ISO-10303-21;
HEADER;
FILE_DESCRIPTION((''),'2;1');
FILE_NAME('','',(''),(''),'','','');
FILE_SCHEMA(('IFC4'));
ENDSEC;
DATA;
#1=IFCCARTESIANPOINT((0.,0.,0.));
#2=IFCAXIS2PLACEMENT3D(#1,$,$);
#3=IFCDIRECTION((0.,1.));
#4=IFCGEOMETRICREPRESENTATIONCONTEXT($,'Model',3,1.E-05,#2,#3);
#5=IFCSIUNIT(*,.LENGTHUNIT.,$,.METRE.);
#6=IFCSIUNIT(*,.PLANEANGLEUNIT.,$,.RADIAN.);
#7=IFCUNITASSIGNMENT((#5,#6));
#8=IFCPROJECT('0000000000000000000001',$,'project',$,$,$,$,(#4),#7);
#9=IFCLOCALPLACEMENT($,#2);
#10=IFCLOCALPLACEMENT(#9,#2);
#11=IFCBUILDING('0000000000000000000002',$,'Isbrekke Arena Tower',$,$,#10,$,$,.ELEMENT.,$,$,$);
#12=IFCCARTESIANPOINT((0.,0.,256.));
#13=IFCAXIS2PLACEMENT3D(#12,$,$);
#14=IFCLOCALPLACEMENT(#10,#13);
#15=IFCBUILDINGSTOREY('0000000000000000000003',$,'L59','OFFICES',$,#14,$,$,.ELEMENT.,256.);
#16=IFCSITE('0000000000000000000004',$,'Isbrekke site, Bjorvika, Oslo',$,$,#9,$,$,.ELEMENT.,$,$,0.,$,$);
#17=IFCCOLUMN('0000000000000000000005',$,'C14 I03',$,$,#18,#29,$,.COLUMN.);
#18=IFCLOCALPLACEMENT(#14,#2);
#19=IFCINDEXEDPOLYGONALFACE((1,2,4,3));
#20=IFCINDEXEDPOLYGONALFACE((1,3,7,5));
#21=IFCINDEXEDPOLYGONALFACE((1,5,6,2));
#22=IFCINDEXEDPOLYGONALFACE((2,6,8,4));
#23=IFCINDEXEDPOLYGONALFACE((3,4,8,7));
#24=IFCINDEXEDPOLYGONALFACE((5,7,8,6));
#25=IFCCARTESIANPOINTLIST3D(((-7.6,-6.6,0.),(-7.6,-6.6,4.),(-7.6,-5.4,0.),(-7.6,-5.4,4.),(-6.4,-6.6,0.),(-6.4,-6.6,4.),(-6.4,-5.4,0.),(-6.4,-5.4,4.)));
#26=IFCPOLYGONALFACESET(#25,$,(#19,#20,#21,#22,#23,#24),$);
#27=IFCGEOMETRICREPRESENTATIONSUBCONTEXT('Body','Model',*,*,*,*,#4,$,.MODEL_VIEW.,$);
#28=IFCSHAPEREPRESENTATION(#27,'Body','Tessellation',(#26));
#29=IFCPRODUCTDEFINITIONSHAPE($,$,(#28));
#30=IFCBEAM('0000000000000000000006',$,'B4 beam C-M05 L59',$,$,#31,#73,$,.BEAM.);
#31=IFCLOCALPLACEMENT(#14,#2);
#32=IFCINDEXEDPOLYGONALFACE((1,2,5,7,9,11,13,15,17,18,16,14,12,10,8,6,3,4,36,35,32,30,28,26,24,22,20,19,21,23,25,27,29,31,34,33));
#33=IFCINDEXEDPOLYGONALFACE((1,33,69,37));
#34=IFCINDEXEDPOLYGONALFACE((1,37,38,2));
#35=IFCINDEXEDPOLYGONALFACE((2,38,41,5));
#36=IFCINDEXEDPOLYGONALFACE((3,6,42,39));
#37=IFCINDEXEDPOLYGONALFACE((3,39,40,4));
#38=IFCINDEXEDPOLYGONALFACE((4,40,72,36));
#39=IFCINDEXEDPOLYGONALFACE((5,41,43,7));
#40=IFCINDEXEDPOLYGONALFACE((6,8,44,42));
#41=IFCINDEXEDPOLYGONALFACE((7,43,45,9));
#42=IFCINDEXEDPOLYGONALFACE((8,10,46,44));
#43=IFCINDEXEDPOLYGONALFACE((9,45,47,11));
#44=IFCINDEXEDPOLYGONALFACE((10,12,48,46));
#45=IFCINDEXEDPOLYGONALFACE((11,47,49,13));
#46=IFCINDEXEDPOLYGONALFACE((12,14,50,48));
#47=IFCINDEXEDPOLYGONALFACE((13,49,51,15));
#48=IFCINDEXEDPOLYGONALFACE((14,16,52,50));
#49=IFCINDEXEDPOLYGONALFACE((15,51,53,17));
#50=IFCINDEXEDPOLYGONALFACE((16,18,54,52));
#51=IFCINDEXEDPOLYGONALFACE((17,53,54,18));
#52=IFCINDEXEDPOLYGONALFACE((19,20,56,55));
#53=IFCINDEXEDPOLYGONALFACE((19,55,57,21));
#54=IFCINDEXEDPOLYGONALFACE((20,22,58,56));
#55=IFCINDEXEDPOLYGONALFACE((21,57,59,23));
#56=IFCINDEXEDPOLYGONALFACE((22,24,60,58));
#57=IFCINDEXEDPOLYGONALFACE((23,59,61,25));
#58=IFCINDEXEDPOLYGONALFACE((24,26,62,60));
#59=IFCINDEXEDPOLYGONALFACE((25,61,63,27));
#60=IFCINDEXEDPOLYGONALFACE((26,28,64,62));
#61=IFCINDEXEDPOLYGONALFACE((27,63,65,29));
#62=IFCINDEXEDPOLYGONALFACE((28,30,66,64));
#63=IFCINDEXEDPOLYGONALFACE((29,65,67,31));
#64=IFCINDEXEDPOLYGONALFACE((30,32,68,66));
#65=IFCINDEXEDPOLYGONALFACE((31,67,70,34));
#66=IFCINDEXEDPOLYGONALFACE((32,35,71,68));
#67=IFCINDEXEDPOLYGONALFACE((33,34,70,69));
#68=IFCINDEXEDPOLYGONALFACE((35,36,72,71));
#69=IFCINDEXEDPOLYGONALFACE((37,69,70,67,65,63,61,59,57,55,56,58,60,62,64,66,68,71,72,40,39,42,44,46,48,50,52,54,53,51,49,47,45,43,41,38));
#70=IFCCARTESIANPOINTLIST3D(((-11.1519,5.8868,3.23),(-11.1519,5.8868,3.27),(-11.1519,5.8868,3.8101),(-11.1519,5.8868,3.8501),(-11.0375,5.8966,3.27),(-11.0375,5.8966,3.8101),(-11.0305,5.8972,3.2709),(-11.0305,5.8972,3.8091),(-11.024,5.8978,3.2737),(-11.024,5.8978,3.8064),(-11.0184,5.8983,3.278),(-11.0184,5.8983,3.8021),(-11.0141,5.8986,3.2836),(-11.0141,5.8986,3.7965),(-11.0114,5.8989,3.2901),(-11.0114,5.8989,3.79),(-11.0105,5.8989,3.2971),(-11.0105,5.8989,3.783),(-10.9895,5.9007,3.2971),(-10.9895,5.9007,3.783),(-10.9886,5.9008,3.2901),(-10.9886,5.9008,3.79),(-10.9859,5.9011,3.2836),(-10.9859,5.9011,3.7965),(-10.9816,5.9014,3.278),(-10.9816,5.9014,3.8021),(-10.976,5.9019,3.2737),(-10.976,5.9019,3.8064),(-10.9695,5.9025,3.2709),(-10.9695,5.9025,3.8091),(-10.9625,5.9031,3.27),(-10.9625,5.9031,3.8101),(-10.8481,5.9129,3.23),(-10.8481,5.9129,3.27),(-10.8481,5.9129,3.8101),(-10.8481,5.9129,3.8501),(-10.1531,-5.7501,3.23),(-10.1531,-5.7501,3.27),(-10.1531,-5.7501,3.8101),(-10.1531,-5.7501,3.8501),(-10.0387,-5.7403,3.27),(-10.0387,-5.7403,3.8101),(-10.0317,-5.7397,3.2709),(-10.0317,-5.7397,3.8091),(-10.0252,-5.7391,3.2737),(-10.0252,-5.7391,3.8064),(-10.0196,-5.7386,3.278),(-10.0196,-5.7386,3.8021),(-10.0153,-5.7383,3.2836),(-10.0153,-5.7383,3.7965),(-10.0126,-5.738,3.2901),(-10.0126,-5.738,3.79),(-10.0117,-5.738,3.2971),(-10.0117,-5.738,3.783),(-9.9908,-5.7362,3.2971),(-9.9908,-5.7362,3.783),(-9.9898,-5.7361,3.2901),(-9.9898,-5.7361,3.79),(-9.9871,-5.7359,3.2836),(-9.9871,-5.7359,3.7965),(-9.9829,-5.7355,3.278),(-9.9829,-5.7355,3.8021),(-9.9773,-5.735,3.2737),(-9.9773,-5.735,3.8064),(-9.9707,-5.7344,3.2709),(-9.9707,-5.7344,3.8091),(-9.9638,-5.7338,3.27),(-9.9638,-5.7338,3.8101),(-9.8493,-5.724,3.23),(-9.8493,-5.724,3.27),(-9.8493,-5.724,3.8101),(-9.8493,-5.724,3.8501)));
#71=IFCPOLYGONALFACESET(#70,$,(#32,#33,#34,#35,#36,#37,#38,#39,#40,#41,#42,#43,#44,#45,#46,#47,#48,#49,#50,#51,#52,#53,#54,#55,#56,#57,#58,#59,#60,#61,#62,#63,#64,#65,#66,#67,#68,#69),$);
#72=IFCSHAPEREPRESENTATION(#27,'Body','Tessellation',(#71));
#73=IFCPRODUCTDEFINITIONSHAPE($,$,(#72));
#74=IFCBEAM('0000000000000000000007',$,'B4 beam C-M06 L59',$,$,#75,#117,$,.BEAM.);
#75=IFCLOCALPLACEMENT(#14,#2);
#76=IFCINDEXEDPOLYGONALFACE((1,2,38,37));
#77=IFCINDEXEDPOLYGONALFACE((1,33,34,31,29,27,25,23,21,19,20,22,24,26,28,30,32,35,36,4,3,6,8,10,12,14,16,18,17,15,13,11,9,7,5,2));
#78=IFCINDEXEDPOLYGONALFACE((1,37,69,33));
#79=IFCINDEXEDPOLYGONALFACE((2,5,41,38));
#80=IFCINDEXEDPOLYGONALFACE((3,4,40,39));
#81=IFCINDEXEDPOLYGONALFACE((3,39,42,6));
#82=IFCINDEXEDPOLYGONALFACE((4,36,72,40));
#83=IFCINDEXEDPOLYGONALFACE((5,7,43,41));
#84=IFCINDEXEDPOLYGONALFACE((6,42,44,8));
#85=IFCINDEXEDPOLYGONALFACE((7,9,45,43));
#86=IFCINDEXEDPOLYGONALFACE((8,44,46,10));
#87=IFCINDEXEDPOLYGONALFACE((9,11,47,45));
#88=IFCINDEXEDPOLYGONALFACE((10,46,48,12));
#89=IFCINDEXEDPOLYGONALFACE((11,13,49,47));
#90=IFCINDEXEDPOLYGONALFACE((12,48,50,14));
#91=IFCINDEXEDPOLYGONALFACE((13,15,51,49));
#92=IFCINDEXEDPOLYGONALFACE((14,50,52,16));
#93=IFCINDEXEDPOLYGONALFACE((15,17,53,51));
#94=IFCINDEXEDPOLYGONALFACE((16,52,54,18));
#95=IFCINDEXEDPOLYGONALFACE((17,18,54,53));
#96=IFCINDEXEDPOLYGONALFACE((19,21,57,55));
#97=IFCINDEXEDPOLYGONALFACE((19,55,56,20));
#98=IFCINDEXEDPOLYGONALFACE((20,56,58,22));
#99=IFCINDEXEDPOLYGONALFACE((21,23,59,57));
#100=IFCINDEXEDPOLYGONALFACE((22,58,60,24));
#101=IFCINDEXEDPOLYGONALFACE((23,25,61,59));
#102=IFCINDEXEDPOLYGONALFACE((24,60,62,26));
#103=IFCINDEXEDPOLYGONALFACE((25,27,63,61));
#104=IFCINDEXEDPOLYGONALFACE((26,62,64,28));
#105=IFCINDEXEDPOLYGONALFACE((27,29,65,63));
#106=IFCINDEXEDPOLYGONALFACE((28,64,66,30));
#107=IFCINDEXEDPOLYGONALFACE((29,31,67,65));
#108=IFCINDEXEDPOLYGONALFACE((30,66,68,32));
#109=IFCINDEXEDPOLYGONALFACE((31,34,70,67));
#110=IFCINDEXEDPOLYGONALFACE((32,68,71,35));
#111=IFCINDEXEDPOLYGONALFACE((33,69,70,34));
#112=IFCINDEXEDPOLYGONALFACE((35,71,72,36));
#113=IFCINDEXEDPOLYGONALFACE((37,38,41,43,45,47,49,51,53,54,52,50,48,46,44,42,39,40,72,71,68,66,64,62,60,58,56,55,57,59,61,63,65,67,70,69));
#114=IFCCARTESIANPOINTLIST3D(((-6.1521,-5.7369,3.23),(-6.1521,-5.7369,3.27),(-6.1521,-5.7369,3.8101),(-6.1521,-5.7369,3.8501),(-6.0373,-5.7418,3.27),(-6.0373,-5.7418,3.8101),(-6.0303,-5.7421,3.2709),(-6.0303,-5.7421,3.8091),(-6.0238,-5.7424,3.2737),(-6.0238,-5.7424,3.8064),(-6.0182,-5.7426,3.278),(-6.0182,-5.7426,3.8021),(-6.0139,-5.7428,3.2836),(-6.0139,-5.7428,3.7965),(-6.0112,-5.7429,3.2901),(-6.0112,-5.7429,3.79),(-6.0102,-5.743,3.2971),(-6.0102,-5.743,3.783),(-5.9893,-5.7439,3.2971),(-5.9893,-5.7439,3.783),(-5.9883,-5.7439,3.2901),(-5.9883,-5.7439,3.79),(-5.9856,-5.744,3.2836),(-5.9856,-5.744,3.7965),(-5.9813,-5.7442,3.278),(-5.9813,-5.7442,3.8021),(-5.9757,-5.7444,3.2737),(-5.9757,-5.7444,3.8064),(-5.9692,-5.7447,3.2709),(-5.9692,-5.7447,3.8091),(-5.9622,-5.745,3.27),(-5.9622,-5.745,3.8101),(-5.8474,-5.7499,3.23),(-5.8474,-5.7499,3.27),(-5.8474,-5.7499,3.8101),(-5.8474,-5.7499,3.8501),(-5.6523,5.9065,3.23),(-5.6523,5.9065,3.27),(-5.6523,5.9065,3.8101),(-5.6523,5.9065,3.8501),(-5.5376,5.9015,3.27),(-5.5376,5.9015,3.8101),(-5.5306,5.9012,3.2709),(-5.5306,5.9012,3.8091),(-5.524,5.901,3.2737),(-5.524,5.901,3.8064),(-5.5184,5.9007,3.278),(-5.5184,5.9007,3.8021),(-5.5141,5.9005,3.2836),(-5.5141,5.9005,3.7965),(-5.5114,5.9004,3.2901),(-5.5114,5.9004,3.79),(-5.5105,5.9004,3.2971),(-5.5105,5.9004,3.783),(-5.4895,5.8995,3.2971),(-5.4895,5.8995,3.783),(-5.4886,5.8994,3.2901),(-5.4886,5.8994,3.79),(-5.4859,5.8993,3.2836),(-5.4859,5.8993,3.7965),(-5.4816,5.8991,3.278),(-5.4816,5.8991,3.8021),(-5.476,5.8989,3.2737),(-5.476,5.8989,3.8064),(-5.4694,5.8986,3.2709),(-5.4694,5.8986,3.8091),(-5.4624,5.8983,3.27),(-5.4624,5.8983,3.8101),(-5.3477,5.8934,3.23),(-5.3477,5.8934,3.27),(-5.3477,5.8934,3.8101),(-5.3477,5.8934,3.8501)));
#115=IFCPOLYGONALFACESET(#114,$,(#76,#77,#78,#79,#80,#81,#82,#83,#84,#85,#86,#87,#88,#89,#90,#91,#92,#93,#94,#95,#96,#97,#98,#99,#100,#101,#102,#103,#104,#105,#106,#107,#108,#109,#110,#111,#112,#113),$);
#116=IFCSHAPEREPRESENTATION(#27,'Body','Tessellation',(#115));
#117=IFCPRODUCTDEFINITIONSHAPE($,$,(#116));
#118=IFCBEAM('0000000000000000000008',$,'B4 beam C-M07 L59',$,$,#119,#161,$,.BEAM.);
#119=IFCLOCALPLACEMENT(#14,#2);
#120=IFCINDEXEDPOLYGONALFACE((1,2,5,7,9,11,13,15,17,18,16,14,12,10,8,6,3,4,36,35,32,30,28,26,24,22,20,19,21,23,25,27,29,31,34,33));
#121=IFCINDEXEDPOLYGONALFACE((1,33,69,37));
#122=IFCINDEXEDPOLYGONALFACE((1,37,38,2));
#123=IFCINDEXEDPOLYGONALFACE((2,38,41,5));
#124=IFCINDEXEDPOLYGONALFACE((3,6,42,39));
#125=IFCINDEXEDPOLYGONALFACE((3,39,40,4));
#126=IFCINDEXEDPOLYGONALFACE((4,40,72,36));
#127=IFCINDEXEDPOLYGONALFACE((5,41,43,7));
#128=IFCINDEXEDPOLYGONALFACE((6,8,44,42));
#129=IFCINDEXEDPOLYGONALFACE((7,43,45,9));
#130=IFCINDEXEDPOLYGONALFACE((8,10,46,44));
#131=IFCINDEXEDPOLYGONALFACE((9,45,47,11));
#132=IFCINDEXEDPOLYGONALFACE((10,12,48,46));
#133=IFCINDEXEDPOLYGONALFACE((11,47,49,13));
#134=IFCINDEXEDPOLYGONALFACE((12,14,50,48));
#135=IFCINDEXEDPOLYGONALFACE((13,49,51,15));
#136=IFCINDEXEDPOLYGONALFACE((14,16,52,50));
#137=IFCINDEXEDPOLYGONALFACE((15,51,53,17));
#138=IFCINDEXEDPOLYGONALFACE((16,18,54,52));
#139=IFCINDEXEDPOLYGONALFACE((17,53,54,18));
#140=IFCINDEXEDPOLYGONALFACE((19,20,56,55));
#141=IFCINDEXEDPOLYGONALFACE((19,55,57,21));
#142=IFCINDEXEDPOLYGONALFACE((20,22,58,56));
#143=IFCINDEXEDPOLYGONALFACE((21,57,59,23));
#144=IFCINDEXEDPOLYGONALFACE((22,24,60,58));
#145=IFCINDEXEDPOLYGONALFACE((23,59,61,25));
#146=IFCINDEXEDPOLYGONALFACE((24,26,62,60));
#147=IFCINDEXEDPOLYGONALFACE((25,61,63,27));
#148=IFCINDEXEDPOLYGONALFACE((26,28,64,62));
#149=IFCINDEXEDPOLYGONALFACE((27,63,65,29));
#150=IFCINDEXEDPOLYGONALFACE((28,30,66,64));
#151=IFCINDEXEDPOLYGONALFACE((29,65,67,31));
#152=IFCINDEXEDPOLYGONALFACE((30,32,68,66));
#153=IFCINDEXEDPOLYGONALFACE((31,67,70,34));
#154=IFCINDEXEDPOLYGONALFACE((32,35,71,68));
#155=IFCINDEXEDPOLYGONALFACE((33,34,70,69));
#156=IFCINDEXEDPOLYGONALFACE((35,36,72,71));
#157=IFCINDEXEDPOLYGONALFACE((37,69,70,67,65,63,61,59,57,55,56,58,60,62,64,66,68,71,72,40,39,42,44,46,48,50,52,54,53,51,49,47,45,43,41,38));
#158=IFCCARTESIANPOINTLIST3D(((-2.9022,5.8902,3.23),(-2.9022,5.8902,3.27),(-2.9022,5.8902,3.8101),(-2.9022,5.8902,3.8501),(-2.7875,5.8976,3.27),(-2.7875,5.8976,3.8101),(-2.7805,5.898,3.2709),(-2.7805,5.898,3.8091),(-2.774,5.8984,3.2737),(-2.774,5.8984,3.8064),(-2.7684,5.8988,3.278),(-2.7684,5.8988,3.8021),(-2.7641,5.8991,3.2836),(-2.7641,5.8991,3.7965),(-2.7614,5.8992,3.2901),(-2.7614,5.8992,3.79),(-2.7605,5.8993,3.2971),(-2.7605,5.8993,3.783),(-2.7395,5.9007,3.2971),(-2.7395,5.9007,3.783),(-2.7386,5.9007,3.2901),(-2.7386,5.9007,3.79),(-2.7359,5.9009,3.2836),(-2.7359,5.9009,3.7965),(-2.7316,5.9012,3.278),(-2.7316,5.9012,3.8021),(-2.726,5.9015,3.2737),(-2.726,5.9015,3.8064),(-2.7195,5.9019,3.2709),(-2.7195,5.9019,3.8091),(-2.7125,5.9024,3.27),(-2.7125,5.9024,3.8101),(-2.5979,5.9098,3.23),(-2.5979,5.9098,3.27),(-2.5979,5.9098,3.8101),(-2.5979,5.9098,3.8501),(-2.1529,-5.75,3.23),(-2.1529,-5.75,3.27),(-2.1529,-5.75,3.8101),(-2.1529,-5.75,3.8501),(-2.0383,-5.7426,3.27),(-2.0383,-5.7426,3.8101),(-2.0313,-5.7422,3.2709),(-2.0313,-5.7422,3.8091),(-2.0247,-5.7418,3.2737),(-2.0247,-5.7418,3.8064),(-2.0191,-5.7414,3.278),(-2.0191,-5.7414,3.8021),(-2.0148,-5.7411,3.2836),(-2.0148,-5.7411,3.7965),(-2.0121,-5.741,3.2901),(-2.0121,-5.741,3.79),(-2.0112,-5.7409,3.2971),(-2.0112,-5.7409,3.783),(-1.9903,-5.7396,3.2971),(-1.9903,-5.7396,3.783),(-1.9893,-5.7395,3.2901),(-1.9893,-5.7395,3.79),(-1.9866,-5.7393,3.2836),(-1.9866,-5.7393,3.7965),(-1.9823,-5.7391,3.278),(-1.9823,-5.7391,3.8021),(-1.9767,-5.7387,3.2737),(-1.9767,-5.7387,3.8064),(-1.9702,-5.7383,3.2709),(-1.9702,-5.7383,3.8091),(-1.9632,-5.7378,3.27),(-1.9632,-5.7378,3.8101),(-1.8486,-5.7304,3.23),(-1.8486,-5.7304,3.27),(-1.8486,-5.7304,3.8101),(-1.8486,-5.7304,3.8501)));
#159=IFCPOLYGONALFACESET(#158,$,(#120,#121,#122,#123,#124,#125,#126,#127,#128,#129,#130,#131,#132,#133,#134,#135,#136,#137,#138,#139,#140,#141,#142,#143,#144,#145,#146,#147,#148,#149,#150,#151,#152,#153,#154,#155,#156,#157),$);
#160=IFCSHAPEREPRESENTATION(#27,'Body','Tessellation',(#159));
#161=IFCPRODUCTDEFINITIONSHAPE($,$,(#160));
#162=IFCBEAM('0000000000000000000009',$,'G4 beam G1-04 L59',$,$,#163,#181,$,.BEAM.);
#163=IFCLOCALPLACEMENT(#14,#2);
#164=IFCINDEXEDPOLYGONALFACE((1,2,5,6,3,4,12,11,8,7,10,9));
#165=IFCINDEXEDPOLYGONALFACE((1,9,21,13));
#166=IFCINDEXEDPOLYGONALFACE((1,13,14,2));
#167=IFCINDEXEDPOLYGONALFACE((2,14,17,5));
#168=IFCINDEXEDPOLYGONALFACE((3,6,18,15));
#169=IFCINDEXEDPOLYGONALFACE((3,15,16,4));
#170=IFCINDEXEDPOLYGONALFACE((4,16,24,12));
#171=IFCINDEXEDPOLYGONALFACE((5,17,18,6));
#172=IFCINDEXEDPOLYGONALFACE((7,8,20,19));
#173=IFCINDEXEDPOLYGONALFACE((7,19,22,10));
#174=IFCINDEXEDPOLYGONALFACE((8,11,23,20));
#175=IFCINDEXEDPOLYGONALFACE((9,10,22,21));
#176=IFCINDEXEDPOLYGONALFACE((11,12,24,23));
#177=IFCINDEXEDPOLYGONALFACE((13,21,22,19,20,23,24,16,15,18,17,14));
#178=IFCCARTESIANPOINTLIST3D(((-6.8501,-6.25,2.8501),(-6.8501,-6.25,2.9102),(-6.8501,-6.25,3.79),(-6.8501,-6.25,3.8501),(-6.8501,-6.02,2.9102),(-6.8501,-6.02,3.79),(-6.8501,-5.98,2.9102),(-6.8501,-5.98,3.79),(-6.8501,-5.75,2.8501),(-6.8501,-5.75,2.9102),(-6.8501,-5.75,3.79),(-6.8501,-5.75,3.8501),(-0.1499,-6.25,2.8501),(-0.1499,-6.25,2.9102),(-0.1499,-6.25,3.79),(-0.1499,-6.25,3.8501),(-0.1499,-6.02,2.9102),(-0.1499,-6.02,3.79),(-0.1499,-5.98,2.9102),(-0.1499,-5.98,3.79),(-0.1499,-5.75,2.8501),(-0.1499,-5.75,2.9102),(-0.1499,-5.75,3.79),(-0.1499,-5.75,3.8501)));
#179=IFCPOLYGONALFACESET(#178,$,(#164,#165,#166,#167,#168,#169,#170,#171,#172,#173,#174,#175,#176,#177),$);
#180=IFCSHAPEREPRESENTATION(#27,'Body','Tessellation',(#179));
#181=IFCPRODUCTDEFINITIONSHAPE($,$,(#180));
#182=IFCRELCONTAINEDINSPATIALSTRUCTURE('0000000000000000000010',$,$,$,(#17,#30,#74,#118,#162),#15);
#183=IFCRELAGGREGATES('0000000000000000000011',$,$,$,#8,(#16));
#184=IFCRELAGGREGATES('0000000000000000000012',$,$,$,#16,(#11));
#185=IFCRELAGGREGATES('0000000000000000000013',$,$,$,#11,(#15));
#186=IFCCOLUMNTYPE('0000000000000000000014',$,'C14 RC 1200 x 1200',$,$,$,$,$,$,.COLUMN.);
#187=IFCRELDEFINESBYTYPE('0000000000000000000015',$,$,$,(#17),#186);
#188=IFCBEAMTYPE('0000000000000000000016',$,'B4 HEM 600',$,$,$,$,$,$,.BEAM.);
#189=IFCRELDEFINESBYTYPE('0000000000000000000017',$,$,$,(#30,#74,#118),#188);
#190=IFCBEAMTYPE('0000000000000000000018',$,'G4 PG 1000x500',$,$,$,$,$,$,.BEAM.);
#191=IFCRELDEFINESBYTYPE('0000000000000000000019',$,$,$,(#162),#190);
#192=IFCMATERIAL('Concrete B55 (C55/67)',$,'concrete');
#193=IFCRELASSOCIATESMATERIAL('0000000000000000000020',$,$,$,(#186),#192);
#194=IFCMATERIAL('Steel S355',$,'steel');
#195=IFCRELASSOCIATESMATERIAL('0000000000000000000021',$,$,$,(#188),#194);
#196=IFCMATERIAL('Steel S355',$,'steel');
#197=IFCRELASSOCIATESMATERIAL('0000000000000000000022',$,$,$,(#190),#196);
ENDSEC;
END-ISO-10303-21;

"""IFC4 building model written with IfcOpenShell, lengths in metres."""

from ifc_helpers import new_model, si_unit, direction, frame, origin, origin_2d, place, context, subcontext, project, spatial, rectangle, i_section, extrude, material, material_profile, profile_set, type_object, element, save


model = new_model("IFC4")

# Units and contexts
model_context = context("Model", 3, precision=1e-05, world=origin(), true_north=direction((0.0, 1.0)))
body_context = subcontext(model_context, "Body", "Model", "MODEL_VIEW")
ifc_project = project(units=[si_unit("LENGTHUNIT", "METRE"), si_unit("PLANEANGLEUNIT", "RADIAN")], contexts=[model_context])

# Site, building, storey
site_placement = place(None, origin())
site = spatial("IfcSite", under=ifc_project, at=site_placement, Name="Isbrekke site, Bjorvika, Oslo", CompositionType="ELEMENT", RefElevation=0.0)
building_placement = place(site_placement, origin())
building = spatial("IfcBuilding", under=site, at=building_placement, Name="Isbrekke Arena Tower", CompositionType="ELEMENT")
storey_placement = place(building_placement, frame((0.0, 0.0, 256.0)))
storey = spatial("IfcBuildingStorey", under=building, at=storey_placement, Name="L59", Description="OFFICES", CompositionType="ELEMENT", Elevation=256.0)

# Column
ifc_material_1 = material(Name="Concrete B55 (C55/67)", Category="concrete")
ifc_material_profile_1 = material_profile(ifc_material_1, rectangle(XDim=1.2, YDim=1.2, at=origin_2d()), Name="RC 1200x1200")
ifc_profile_set_1 = profile_set([ifc_material_profile_1], Name="Concrete B55 (C55/67)")
column_type = type_object("IfcColumnType", Name="C14 RC 1200 x 1200", PredefinedType="COLUMN", material=ifc_profile_set_1)
column_placement = place(storey_placement, frame((-7.0, -6.0, 0.0), z_axis=(0.0, 0.0, 1.0), x_axis=(1.0, 0.0, 0.0)))
element("IfcColumn", 1, at=column_placement, inside=storey, type_object=column_type, Name="C14 I03", PredefinedType="COLUMN", context=body_context, shape_type="SweptSolid", body=[
    extrude(rectangle(XDim=1.2, YDim=1.2, at=origin_2d()), origin(), (0.0, 0.0, 1.0), 4.0),
])

# Beams
ifc_material_2 = material(Name="Steel S355", Category="steel")
ifc_material_profile_2 = material_profile(ifc_material_2, i_section(OverallWidth=0.3049, OverallDepth=0.6201, WebThickness=0.021, FlangeThickness=0.04, FilletRadius=0.0271, at=origin_2d()), Name="HEM 600")
ifc_profile_set_2 = profile_set([ifc_material_profile_2], Name="Steel S355")
beam_type_1 = type_object("IfcBeamType", Name="B4 HEM 600", PredefinedType="BEAM", material=ifc_profile_set_2)
beam_1_placement = place(storey_placement, frame((-10.0012, -5.7371, 3.54), z_axis=(-0.085514, 0.996337, 0.0), x_axis=(-0.996337, -0.085514, 0.0)))
element("IfcBeam", 2, at=beam_1_placement, inside=storey, type_object=beam_type_1, Name="B4 beam C-M05 L59", PredefinedType="BEAM", context=body_context, shape_type="SweptSolid", body=[
    extrude(i_section(OverallWidth=0.3049, OverallDepth=0.6201, WebThickness=0.021, FlangeThickness=0.04, FilletRadius=0.0271, at=origin_2d()), origin(), (0.0, 0.0, 1.0), 11.6797),
])
beam_2_placement = place(storey_placement, frame((-5.9998, -5.7434, 3.54), z_axis=(0.042883, 0.99908, 0.0), x_axis=(-0.99908, 0.042883, 0.0)))
element("IfcBeam", 3, at=beam_2_placement, inside=storey, type_object=beam_type_1, Name="B4 beam C-M06 L59", PredefinedType="BEAM", context=body_context, shape_type="SweptSolid", body=[
    extrude(i_section(OverallWidth=0.3049, OverallDepth=0.6201, WebThickness=0.021, FlangeThickness=0.04, FilletRadius=0.0271, at=origin_2d()), origin(), (0.0, 0.0, 1.0), 11.6541),
])
beam_3_placement = place(storey_placement, frame((-2.0007, -5.7402, 3.54), z_axis=(-0.064236, 0.997935, 0.0), x_axis=(-0.997935, -0.064236, 0.0)))
element("IfcBeam", 4, at=beam_3_placement, inside=storey, type_object=beam_type_1, Name="B4 beam C-M07 L59", PredefinedType="BEAM", context=body_context, shape_type="SweptSolid", body=[
    extrude(i_section(OverallWidth=0.3049, OverallDepth=0.6201, WebThickness=0.021, FlangeThickness=0.04, FilletRadius=0.0271, at=origin_2d()), origin(), (0.0, 0.0, 1.0), 11.6643),
])
ifc_material_3 = material(Name="Steel S355", Category="steel")
ifc_material_profile_3 = material_profile(ifc_material_3, i_section(OverallWidth=0.5, OverallDepth=1.0, WebThickness=0.04, FlangeThickness=0.0601, at=origin_2d()), Name="PG 1000x500")
ifc_profile_set_3 = profile_set([ifc_material_profile_3], Name="Steel S355")
beam_type_2 = type_object("IfcBeamType", Name="G4 PG 1000x500", PredefinedType="BEAM", material=ifc_profile_set_3)
beam_4_placement = place(storey_placement, frame((-6.8501, -6.0, 3.3501), z_axis=(1.0, 0.0, 0.0), x_axis=(0.0, 1.0, 0.0)))
element("IfcBeam", 5, at=beam_4_placement, inside=storey, type_object=beam_type_2, Name="G4 beam G1-04 L59", PredefinedType="BEAM", context=body_context, shape_type="SweptSolid", body=[
    extrude(i_section(OverallWidth=0.5, OverallDepth=1.0, WebThickness=0.04, FlangeThickness=0.0601, at=origin_2d()), origin(), (0.0, 0.0, 1.0), 6.7002),
])

save(model, "model.ifc")
